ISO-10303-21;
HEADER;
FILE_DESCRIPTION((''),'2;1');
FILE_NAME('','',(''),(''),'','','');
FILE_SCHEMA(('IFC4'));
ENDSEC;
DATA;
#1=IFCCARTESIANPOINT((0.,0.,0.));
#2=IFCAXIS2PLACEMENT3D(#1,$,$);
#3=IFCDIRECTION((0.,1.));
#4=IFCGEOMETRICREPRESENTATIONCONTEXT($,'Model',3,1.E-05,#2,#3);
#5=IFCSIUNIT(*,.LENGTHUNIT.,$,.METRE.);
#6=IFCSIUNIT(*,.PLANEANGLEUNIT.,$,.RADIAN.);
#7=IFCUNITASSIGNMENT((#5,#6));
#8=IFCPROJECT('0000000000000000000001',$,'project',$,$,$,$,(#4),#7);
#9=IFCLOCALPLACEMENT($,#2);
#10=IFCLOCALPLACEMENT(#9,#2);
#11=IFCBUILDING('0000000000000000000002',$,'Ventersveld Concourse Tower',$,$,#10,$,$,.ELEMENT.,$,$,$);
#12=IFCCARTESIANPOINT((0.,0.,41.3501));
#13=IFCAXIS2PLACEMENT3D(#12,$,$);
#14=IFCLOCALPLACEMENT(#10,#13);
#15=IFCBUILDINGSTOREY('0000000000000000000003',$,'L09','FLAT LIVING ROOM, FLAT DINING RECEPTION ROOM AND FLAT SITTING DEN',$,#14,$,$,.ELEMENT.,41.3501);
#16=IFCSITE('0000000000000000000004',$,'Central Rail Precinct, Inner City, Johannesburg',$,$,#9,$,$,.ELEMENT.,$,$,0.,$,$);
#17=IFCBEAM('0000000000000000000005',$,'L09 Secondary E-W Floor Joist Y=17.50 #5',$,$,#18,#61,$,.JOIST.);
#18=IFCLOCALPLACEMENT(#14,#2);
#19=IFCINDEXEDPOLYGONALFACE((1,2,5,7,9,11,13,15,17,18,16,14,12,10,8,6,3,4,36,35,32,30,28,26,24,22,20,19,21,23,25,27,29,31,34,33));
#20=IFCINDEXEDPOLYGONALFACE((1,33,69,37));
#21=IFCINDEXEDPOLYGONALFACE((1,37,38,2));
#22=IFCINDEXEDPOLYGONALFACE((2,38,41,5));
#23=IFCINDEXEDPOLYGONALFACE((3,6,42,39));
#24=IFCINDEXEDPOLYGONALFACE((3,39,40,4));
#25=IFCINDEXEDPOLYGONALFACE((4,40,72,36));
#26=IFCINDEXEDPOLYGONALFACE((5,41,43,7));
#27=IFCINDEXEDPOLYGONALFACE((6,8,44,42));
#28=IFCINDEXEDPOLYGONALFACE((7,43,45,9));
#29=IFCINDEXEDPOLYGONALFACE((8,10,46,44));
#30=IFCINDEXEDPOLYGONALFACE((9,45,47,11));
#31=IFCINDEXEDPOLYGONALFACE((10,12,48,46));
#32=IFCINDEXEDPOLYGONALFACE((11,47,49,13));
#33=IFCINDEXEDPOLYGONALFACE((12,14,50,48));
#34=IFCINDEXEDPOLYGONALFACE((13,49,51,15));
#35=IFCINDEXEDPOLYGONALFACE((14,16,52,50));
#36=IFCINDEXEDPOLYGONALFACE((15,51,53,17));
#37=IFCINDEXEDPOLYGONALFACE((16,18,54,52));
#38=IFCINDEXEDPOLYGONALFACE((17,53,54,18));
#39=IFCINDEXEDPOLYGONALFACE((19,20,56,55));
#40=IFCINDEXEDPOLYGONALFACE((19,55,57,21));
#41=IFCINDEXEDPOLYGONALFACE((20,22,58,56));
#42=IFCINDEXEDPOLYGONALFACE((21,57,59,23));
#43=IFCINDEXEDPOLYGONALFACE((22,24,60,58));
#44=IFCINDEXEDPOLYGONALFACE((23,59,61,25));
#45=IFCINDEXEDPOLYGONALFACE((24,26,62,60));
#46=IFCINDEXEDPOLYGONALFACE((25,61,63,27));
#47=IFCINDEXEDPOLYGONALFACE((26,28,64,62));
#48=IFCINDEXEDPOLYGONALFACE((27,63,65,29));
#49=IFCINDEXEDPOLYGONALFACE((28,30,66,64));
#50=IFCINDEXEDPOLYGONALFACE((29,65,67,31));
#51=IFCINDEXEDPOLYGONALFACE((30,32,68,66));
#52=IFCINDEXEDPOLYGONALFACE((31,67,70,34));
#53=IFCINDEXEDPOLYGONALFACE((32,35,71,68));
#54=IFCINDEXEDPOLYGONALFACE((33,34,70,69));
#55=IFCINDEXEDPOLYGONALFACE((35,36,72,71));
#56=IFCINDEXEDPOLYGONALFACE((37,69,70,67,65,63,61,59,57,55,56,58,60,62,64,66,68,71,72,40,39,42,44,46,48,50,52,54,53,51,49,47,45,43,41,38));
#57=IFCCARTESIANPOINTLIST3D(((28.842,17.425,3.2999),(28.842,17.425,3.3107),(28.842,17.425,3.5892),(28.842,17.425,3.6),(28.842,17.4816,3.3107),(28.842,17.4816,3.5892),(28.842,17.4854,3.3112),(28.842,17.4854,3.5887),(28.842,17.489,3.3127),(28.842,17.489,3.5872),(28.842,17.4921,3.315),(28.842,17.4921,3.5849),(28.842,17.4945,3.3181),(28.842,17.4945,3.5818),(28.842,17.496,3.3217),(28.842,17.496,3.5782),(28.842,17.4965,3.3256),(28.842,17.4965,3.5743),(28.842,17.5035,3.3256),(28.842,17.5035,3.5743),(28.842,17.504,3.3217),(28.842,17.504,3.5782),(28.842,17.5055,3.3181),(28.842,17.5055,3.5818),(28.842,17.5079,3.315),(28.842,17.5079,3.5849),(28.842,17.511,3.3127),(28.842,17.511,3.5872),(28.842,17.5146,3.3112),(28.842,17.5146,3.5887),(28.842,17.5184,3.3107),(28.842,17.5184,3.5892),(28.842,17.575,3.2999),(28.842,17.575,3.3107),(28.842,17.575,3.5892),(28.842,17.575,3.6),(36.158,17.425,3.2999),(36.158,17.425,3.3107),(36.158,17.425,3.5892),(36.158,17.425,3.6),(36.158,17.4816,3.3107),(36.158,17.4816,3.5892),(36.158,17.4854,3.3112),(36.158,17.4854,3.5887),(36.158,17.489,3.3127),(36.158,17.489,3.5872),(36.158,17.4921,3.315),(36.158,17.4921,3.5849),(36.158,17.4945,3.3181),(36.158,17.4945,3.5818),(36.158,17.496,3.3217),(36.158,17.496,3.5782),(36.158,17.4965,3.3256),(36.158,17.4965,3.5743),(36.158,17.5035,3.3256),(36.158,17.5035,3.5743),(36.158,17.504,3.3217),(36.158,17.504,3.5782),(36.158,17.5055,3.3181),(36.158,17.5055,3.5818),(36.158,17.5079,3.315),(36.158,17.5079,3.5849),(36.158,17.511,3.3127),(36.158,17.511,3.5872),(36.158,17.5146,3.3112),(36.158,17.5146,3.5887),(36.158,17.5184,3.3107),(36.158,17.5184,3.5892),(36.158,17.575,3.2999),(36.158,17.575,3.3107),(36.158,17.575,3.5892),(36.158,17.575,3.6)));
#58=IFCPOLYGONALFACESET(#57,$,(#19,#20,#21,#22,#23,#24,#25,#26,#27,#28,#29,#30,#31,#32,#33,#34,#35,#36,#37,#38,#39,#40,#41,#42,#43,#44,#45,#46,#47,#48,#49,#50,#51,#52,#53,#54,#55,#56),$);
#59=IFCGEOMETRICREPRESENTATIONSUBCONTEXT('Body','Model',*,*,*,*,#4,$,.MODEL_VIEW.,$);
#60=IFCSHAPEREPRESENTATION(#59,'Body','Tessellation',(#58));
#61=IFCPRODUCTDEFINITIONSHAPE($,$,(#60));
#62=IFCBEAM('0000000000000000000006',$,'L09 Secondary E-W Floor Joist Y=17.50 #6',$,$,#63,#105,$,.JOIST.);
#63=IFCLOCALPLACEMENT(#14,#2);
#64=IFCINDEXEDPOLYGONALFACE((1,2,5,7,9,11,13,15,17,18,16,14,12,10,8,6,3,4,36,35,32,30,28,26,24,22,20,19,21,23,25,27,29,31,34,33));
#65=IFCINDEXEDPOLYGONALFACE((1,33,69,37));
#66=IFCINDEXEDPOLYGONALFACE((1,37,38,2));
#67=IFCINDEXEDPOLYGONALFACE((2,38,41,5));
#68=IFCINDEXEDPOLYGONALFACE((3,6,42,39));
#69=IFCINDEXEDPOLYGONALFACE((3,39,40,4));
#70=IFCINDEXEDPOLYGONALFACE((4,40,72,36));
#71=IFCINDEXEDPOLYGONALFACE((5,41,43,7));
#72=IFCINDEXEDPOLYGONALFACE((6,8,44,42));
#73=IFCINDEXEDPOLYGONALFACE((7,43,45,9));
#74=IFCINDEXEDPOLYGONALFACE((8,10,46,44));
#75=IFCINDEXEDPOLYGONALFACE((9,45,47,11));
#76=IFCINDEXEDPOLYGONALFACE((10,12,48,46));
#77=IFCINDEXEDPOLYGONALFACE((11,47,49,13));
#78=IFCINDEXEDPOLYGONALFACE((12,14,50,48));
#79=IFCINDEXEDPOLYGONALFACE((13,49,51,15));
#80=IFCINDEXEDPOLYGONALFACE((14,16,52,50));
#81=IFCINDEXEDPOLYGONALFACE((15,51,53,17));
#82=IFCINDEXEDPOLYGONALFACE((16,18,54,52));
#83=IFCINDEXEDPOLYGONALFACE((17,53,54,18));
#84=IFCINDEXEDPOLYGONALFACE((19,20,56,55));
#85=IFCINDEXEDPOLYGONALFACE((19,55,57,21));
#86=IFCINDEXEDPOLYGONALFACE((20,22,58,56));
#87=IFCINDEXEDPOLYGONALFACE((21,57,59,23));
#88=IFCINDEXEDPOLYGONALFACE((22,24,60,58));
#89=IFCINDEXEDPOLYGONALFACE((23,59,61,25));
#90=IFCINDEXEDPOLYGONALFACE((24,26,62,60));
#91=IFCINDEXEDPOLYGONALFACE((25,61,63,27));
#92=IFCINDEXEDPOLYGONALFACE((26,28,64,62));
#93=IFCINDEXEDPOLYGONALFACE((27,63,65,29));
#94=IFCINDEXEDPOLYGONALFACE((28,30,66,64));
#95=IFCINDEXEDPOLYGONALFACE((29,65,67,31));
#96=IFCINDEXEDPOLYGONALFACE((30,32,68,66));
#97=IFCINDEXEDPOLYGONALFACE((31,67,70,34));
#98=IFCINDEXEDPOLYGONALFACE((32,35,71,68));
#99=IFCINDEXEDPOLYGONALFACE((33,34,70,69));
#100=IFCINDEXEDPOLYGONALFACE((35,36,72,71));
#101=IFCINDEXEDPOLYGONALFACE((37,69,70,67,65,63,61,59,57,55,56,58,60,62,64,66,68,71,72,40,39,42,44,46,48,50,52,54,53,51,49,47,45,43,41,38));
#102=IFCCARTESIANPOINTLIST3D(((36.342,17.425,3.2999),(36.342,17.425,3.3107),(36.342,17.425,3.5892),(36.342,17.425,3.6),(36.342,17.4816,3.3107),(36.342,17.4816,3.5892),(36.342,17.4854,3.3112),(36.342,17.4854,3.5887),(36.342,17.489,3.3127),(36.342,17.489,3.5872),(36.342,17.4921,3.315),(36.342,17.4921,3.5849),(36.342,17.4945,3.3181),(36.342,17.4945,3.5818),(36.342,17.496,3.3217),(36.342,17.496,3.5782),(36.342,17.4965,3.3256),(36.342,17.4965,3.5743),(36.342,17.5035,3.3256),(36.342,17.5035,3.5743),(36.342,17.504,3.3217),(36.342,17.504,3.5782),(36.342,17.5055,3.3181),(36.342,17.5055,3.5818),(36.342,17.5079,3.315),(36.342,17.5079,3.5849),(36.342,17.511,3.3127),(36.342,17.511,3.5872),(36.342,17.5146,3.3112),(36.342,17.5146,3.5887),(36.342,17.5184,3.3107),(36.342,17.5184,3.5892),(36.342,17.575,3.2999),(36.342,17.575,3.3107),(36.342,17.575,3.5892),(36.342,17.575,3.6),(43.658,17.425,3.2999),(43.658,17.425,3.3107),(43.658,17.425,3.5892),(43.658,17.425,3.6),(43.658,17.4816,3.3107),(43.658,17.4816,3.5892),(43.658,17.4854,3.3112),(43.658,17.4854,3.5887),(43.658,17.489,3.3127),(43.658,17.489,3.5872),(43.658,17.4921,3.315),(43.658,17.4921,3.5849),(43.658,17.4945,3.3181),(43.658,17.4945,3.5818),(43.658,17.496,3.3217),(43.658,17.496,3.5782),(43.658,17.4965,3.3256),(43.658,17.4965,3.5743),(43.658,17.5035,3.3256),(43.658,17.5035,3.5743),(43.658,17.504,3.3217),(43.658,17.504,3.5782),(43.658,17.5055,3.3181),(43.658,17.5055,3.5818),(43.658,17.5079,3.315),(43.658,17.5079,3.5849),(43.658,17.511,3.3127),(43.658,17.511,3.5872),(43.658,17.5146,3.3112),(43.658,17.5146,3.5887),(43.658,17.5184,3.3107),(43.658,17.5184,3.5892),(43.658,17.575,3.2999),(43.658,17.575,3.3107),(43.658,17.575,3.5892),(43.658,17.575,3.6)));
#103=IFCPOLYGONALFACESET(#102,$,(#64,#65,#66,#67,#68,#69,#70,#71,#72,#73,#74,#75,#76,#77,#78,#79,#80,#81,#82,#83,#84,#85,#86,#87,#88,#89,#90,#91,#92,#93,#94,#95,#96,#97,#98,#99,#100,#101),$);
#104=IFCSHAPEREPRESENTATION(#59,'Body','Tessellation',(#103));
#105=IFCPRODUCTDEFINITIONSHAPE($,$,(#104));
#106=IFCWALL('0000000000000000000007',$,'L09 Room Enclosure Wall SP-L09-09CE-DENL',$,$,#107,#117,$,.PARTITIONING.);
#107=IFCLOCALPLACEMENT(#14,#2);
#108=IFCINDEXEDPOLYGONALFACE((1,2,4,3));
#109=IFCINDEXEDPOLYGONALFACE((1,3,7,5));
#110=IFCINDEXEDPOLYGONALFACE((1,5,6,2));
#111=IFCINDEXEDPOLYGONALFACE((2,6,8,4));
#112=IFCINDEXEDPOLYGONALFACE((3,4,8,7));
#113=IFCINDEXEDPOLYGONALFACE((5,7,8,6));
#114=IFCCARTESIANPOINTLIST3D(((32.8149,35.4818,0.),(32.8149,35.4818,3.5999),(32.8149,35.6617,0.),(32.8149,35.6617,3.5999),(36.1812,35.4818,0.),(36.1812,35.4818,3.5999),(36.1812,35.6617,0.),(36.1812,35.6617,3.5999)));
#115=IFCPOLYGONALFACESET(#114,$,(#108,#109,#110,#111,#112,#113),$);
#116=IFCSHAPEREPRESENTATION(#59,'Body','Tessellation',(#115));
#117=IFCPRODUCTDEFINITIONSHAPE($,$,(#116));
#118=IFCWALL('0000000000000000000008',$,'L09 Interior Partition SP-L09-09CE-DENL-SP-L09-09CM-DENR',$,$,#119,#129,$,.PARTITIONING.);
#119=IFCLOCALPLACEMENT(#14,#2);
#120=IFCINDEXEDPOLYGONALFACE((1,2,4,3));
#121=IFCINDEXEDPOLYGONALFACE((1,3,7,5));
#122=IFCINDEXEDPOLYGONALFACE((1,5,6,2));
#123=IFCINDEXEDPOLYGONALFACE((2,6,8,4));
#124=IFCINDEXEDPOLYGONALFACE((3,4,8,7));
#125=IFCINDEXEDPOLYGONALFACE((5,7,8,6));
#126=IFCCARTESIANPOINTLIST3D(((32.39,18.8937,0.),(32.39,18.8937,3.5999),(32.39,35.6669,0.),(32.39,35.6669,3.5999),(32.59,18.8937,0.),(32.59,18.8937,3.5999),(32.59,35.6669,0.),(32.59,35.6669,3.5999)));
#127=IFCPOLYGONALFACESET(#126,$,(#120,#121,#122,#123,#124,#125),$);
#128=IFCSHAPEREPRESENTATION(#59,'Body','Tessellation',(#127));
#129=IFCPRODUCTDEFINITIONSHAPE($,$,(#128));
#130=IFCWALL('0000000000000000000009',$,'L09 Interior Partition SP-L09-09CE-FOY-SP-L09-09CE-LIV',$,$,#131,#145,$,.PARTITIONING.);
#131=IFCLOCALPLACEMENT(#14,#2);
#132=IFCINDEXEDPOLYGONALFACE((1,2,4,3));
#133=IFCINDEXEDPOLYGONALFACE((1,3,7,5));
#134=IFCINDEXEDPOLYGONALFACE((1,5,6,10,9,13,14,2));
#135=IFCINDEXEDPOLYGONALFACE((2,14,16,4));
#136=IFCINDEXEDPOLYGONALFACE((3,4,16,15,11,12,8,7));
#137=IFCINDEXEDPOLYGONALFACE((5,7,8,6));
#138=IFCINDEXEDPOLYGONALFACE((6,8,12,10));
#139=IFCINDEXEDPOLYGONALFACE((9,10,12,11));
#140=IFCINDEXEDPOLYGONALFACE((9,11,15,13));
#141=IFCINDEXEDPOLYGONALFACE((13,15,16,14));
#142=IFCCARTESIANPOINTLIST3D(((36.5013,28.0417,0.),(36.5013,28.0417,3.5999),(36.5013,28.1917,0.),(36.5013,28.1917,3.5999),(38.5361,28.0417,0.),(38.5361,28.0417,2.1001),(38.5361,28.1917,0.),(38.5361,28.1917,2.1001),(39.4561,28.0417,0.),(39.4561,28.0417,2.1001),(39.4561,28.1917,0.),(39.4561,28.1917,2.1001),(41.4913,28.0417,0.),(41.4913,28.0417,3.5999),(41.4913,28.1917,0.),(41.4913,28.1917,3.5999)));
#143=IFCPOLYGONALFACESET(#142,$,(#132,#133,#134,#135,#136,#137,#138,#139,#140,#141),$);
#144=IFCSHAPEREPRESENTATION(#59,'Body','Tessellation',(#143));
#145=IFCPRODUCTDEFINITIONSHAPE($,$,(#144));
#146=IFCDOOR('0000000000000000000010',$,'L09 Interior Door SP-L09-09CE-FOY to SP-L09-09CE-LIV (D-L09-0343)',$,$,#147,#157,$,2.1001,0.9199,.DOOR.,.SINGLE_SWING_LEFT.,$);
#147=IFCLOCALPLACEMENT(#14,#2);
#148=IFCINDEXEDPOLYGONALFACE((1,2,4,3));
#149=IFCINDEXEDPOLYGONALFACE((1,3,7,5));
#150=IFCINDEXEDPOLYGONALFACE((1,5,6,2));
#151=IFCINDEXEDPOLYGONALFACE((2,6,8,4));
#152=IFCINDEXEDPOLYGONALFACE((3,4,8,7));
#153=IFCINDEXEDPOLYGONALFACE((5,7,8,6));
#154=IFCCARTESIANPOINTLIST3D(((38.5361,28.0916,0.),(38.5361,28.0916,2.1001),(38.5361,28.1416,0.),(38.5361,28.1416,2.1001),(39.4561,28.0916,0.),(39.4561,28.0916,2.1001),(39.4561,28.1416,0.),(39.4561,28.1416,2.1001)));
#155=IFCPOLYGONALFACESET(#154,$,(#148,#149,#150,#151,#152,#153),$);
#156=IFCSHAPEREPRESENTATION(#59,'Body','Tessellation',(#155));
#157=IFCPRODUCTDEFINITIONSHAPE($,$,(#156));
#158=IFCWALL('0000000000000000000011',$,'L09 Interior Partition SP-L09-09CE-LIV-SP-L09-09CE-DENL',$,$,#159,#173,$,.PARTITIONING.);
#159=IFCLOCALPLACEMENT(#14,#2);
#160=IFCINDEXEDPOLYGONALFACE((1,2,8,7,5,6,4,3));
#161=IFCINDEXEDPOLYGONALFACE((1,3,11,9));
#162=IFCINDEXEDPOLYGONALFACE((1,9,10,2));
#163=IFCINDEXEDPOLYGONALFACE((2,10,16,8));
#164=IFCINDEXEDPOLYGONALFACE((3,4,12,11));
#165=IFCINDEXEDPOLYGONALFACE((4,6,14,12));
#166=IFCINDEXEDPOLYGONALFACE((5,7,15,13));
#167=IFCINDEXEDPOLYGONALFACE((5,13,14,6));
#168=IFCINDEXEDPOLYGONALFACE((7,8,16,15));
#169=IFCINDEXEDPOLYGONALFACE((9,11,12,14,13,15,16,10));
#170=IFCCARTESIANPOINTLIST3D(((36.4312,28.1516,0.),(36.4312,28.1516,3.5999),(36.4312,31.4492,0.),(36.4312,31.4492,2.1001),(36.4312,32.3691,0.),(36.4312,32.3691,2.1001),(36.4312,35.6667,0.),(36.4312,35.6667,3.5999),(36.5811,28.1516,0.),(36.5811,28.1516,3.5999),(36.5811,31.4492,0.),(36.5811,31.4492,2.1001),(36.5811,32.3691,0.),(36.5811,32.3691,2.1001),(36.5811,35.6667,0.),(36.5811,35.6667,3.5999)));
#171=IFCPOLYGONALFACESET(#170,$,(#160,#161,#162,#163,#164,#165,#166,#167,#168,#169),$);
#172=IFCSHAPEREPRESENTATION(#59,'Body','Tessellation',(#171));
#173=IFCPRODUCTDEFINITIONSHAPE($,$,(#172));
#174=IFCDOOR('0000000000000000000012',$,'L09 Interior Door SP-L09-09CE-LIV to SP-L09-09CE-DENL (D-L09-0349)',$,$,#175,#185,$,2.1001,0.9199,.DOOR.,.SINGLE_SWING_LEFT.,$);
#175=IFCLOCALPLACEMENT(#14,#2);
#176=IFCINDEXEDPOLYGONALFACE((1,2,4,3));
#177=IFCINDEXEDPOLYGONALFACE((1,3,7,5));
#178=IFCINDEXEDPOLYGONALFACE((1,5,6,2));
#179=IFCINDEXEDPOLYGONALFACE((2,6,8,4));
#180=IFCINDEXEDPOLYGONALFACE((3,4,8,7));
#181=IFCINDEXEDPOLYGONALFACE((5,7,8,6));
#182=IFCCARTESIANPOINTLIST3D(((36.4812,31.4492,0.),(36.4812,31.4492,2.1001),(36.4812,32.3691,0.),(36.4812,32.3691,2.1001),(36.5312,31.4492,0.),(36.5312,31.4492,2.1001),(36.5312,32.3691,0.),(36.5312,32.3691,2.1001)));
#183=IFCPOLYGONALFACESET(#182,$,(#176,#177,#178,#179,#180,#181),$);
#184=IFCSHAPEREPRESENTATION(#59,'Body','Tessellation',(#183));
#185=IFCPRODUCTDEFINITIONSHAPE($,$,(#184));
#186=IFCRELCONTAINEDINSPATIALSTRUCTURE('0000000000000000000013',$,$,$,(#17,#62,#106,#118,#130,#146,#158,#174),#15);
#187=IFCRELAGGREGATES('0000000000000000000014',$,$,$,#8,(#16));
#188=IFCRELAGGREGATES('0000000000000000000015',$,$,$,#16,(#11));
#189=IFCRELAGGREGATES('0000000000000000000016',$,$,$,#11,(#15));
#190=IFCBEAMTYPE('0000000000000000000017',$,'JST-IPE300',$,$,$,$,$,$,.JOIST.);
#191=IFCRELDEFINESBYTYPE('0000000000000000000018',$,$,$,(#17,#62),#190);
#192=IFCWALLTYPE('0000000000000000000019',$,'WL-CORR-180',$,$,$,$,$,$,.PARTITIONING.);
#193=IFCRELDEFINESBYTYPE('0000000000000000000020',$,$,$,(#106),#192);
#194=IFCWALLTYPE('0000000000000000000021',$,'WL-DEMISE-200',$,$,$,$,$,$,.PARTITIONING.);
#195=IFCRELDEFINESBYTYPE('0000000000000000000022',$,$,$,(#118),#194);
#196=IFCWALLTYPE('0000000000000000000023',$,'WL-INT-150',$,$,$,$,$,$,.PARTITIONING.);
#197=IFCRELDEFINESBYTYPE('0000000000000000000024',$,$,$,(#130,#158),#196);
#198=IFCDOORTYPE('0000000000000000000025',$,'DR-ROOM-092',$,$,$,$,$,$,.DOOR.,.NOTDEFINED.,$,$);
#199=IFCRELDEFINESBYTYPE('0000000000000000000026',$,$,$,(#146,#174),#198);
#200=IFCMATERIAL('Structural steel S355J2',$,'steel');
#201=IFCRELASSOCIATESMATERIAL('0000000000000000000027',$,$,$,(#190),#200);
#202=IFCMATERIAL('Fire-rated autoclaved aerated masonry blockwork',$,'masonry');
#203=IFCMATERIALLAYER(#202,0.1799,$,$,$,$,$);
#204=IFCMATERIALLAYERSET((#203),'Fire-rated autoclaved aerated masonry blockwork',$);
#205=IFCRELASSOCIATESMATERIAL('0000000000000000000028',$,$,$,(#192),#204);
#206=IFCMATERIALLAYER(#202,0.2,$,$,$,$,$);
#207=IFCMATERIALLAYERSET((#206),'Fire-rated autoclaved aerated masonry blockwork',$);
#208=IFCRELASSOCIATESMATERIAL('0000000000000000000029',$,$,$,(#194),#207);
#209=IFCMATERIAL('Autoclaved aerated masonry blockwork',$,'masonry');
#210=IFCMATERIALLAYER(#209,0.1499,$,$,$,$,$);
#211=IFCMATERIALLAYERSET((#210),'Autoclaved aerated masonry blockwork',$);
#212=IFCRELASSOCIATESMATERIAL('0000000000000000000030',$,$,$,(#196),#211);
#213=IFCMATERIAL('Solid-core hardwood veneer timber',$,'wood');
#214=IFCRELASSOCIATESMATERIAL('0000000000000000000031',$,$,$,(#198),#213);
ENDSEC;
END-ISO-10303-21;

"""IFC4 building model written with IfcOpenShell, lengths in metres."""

from ifc_helpers import new_model, si_unit, direction, frame, frame_2d, origin, origin_2d, place, context, subcontext, project, spatial, rectangle, i_section, extrude, material, layer, layer_set, material_profile, profile_set, type_object, element, fill, save


model = new_model("IFC4")

# Units and contexts
model_context = context("Model", 3, precision=1e-05, world=origin(), true_north=direction((0.0, 1.0)))
body_context = subcontext(model_context, "Body", "Model", "MODEL_VIEW")
ifc_project = project(units=[si_unit("LENGTHUNIT", "METRE"), si_unit("PLANEANGLEUNIT", "RADIAN")], contexts=[model_context])

# Site, building, storey
site_placement = place(None, origin())
site = spatial("IfcSite", under=ifc_project, at=site_placement, Name="Central Rail Precinct, Inner City, Johannesburg", CompositionType="ELEMENT", RefElevation=0.0)
building_placement = place(site_placement, origin())
building = spatial("IfcBuilding", under=site, at=building_placement, Name="Ventersveld Concourse Tower", CompositionType="ELEMENT")
storey_placement = place(building_placement, frame((0.0, 0.0, 41.3501)))
storey = spatial("IfcBuildingStorey", under=building, at=storey_placement, Name="L09", Description="FLAT LIVING ROOM, FLAT DINING RECEPTION ROOM AND FLAT SITTING DEN", CompositionType="ELEMENT", Elevation=41.3501)

# Beams
ifc_material_1 = material(Name="Structural steel S355J2", Category="steel")
ifc_material_profile_1 = material_profile(ifc_material_1, i_section(OverallWidth=0.1499, OverallDepth=0.3, WebThickness=0.0071, FlangeThickness=0.0107, FilletRadius=0.0149, at=origin_2d()), Name="IPE 300")
ifc_profile_set_1 = profile_set([ifc_material_profile_1], Name="Structural steel S355J2")
beam_type_1 = type_object("IfcBeamType", Name="JST-IPE300", PredefinedType="JOIST", material=ifc_profile_set_1)
for number, where, z_axis, x_axis, name in (
    (1, (28.842, 17.5, 3.45), (1.0, 0.0, 0.0), (0.0, 1.0, 0.0), "L09 Secondary E-W Floor Joist Y=17.50 #5"),
    (2, (36.342, 17.5, 3.45), (1.0, 0.0, 0.0), (0.0, 1.0, 0.0), "L09 Secondary E-W Floor Joist Y=17.50 #6"),
):
    element("IfcBeam", number, at=place(storey_placement, frame(where, z_axis=z_axis, x_axis=x_axis)), inside=storey, type_object=beam_type_1, Name=name, PredefinedType="JOIST", context=body_context, shape_type="SweptSolid", body=[
        extrude(i_section(OverallWidth=0.1499, OverallDepth=0.3, WebThickness=0.0071, FlangeThickness=0.0107, FilletRadius=0.0149, at=origin_2d()), origin(), (0.0, 0.0, 1.0), 7.3159),
    ])

# Walls
ifc_material_2 = material(Name="Fire-rated autoclaved aerated masonry blockwork", Category="masonry")
ifc_layer_1 = layer(ifc_material_2, 0.1799)
ifc_layer_set_1 = layer_set([ifc_layer_1], Name="Fire-rated autoclaved aerated masonry blockwork")
wall_type_1 = type_object("IfcWallType", Name="WL-CORR-180", PredefinedType="PARTITIONING", material=ifc_layer_set_1)
wall_1_placement = place(storey_placement, frame((32.8149, 35.5718, 0.0), z_axis=(0.0, 0.0, 1.0), x_axis=(1.0, 0.0, 0.0)))
element("IfcWall", 3, at=wall_1_placement, inside=storey, type_object=wall_type_1, Name="L09 Room Enclosure Wall SP-L09-09CE-DENL", PredefinedType="PARTITIONING", context=body_context, shape_type="SweptSolid", body=[
    extrude(rectangle(XDim=3.3662, YDim=0.1799, at=frame_2d((1.6831, 0.0))), origin(), (0.0, 0.0, 1.0), 3.5999),
])
ifc_layer_2 = layer(ifc_material_2, 0.2)
ifc_layer_set_2 = layer_set([ifc_layer_2], Name="Fire-rated autoclaved aerated masonry blockwork")
wall_type_2 = type_object("IfcWallType", Name="WL-DEMISE-200", PredefinedType="PARTITIONING", material=ifc_layer_set_2)
wall_2_placement = place(storey_placement, frame((32.49, 18.8936, 0.0), z_axis=(0.0, 0.0, 1.0), x_axis=(0.0, 1.0, 0.0)))
element("IfcWall", 4, at=wall_2_placement, inside=storey, type_object=wall_type_2, Name="L09 Interior Partition SP-L09-09CE-DENL-SP-L09-09CM-DENR", PredefinedType="PARTITIONING", context=body_context, shape_type="SweptSolid", body=[
    extrude(rectangle(XDim=16.7732, YDim=0.2, at=frame_2d((8.3867, 0.0))), origin(), (0.0, 0.0, 1.0), 3.5999),
])

# Walls, openings, doors
ifc_material_3 = material(Name="Autoclaved aerated masonry blockwork", Category="masonry")
ifc_layer_3 = layer(ifc_material_3, 0.1499)
ifc_layer_set_3 = layer_set([ifc_layer_3], Name="Autoclaved aerated masonry blockwork")
wall_type_3 = type_object("IfcWallType", Name="WL-INT-150", PredefinedType="PARTITIONING", material=ifc_layer_set_3)
wall_3_placement = place(storey_placement, frame((36.5012, 28.1167, 0.0), z_axis=(0.0, 0.0, 1.0), x_axis=(1.0, 0.0, 0.0)))
wall_3 = element("IfcWall", 5, at=wall_3_placement, inside=storey, type_object=wall_type_3, Name="L09 Interior Partition SP-L09-09CE-FOY-SP-L09-09CE-LIV", PredefinedType="PARTITIONING", context=body_context, shape_type="SweptSolid", body=[
    extrude(rectangle(XDim=4.99, YDim=0.1499, at=frame_2d((2.4951, 0.0))), origin(), (0.0, 0.0, 1.0), 3.5999),
])
opening_1_placement = place(wall_3_placement, frame((2.0349, 0.0, 0.0)))
opening_1 = element("IfcOpeningElement", 6, at=opening_1_placement, cuts=wall_3, PredefinedType="OPENING", context=body_context, shape_type="SweptSolid", body=[
    extrude(rectangle(XDim=0.9199, YDim=2.1001, at=frame_2d((0.46, 1.05))), frame((0.0, 0.085, 0.0), z_axis=(0.0, -1.0, 0.0), x_axis=(1.0, 0.0, 0.0)), (0.0, 0.0, 1.0), 0.1699),
])
ifc_material_4 = material(Name="Solid-core hardwood veneer timber", Category="wood")
door_type = type_object("IfcDoorType", Name="DR-ROOM-092", OperationType="NOTDEFINED", PredefinedType="DOOR", material=ifc_material_4)
door_1_placement = place(opening_1_placement, origin())
door_1 = element("IfcDoor", 7, at=door_1_placement, inside=storey, type_object=door_type, Name="L09 Interior Door SP-L09-09CE-FOY to SP-L09-09CE-LIV (D-L09-0343)", OperationType="SINGLE_SWING_LEFT", OverallHeight=2.1001, OverallWidth=0.9199, PredefinedType="DOOR", context=body_context, shape_type="SweptSolid", body=[
    extrude(rectangle(XDim=0.9199, YDim=2.1001, at=frame_2d((0.46, 1.05))), frame((0.0, 0.0249, 0.0), z_axis=(0.0, -1.0, 0.0), x_axis=(1.0, 0.0, 0.0)), (0.0, 0.0, 1.0), 0.05),
])
fill(opening_1, door_1)
wall_4_placement = place(storey_placement, frame((36.5061, 28.1516, 0.0), z_axis=(0.0, 0.0, 1.0), x_axis=(0.0, 1.0, 0.0)))
wall_4 = element("IfcWall", 8, at=wall_4_placement, inside=storey, type_object=wall_type_3, Name="L09 Interior Partition SP-L09-09CE-LIV-SP-L09-09CE-DENL", PredefinedType="PARTITIONING", context=body_context, shape_type="SweptSolid", body=[
    extrude(rectangle(XDim=7.5151, YDim=0.1499, at=frame_2d((3.7576, 0.0))), origin(), (0.0, 0.0, 1.0), 3.5999),
])
opening_2_placement = place(wall_4_placement, frame((3.2976, 0.0, 0.0)))
opening_2 = element("IfcOpeningElement", 9, at=opening_2_placement, cuts=wall_4, PredefinedType="OPENING", context=body_context, shape_type="SweptSolid", body=[
    extrude(rectangle(XDim=0.9199, YDim=2.1001, at=frame_2d((0.46, 1.05))), frame((0.0, 0.085, 0.0), z_axis=(0.0, -1.0, 0.0), x_axis=(1.0, 0.0, 0.0)), (0.0, 0.0, 1.0), 0.1699),
])
door_2_placement = place(opening_2_placement, origin())
door_2 = element("IfcDoor", 10, at=door_2_placement, inside=storey, type_object=door_type, Name="L09 Interior Door SP-L09-09CE-LIV to SP-L09-09CE-DENL (D-L09-0349)", OperationType="SINGLE_SWING_LEFT", OverallHeight=2.1001, OverallWidth=0.9199, PredefinedType="DOOR", context=body_context, shape_type="SweptSolid", body=[
    extrude(rectangle(XDim=0.9199, YDim=2.1001, at=frame_2d((0.46, 1.05))), frame((0.0, 0.0249, 0.0), z_axis=(0.0, -1.0, 0.0), x_axis=(1.0, 0.0, 0.0)), (0.0, 0.0, 1.0), 0.05),
])
fill(opening_2, door_2)

save(model, "model.ifc")
